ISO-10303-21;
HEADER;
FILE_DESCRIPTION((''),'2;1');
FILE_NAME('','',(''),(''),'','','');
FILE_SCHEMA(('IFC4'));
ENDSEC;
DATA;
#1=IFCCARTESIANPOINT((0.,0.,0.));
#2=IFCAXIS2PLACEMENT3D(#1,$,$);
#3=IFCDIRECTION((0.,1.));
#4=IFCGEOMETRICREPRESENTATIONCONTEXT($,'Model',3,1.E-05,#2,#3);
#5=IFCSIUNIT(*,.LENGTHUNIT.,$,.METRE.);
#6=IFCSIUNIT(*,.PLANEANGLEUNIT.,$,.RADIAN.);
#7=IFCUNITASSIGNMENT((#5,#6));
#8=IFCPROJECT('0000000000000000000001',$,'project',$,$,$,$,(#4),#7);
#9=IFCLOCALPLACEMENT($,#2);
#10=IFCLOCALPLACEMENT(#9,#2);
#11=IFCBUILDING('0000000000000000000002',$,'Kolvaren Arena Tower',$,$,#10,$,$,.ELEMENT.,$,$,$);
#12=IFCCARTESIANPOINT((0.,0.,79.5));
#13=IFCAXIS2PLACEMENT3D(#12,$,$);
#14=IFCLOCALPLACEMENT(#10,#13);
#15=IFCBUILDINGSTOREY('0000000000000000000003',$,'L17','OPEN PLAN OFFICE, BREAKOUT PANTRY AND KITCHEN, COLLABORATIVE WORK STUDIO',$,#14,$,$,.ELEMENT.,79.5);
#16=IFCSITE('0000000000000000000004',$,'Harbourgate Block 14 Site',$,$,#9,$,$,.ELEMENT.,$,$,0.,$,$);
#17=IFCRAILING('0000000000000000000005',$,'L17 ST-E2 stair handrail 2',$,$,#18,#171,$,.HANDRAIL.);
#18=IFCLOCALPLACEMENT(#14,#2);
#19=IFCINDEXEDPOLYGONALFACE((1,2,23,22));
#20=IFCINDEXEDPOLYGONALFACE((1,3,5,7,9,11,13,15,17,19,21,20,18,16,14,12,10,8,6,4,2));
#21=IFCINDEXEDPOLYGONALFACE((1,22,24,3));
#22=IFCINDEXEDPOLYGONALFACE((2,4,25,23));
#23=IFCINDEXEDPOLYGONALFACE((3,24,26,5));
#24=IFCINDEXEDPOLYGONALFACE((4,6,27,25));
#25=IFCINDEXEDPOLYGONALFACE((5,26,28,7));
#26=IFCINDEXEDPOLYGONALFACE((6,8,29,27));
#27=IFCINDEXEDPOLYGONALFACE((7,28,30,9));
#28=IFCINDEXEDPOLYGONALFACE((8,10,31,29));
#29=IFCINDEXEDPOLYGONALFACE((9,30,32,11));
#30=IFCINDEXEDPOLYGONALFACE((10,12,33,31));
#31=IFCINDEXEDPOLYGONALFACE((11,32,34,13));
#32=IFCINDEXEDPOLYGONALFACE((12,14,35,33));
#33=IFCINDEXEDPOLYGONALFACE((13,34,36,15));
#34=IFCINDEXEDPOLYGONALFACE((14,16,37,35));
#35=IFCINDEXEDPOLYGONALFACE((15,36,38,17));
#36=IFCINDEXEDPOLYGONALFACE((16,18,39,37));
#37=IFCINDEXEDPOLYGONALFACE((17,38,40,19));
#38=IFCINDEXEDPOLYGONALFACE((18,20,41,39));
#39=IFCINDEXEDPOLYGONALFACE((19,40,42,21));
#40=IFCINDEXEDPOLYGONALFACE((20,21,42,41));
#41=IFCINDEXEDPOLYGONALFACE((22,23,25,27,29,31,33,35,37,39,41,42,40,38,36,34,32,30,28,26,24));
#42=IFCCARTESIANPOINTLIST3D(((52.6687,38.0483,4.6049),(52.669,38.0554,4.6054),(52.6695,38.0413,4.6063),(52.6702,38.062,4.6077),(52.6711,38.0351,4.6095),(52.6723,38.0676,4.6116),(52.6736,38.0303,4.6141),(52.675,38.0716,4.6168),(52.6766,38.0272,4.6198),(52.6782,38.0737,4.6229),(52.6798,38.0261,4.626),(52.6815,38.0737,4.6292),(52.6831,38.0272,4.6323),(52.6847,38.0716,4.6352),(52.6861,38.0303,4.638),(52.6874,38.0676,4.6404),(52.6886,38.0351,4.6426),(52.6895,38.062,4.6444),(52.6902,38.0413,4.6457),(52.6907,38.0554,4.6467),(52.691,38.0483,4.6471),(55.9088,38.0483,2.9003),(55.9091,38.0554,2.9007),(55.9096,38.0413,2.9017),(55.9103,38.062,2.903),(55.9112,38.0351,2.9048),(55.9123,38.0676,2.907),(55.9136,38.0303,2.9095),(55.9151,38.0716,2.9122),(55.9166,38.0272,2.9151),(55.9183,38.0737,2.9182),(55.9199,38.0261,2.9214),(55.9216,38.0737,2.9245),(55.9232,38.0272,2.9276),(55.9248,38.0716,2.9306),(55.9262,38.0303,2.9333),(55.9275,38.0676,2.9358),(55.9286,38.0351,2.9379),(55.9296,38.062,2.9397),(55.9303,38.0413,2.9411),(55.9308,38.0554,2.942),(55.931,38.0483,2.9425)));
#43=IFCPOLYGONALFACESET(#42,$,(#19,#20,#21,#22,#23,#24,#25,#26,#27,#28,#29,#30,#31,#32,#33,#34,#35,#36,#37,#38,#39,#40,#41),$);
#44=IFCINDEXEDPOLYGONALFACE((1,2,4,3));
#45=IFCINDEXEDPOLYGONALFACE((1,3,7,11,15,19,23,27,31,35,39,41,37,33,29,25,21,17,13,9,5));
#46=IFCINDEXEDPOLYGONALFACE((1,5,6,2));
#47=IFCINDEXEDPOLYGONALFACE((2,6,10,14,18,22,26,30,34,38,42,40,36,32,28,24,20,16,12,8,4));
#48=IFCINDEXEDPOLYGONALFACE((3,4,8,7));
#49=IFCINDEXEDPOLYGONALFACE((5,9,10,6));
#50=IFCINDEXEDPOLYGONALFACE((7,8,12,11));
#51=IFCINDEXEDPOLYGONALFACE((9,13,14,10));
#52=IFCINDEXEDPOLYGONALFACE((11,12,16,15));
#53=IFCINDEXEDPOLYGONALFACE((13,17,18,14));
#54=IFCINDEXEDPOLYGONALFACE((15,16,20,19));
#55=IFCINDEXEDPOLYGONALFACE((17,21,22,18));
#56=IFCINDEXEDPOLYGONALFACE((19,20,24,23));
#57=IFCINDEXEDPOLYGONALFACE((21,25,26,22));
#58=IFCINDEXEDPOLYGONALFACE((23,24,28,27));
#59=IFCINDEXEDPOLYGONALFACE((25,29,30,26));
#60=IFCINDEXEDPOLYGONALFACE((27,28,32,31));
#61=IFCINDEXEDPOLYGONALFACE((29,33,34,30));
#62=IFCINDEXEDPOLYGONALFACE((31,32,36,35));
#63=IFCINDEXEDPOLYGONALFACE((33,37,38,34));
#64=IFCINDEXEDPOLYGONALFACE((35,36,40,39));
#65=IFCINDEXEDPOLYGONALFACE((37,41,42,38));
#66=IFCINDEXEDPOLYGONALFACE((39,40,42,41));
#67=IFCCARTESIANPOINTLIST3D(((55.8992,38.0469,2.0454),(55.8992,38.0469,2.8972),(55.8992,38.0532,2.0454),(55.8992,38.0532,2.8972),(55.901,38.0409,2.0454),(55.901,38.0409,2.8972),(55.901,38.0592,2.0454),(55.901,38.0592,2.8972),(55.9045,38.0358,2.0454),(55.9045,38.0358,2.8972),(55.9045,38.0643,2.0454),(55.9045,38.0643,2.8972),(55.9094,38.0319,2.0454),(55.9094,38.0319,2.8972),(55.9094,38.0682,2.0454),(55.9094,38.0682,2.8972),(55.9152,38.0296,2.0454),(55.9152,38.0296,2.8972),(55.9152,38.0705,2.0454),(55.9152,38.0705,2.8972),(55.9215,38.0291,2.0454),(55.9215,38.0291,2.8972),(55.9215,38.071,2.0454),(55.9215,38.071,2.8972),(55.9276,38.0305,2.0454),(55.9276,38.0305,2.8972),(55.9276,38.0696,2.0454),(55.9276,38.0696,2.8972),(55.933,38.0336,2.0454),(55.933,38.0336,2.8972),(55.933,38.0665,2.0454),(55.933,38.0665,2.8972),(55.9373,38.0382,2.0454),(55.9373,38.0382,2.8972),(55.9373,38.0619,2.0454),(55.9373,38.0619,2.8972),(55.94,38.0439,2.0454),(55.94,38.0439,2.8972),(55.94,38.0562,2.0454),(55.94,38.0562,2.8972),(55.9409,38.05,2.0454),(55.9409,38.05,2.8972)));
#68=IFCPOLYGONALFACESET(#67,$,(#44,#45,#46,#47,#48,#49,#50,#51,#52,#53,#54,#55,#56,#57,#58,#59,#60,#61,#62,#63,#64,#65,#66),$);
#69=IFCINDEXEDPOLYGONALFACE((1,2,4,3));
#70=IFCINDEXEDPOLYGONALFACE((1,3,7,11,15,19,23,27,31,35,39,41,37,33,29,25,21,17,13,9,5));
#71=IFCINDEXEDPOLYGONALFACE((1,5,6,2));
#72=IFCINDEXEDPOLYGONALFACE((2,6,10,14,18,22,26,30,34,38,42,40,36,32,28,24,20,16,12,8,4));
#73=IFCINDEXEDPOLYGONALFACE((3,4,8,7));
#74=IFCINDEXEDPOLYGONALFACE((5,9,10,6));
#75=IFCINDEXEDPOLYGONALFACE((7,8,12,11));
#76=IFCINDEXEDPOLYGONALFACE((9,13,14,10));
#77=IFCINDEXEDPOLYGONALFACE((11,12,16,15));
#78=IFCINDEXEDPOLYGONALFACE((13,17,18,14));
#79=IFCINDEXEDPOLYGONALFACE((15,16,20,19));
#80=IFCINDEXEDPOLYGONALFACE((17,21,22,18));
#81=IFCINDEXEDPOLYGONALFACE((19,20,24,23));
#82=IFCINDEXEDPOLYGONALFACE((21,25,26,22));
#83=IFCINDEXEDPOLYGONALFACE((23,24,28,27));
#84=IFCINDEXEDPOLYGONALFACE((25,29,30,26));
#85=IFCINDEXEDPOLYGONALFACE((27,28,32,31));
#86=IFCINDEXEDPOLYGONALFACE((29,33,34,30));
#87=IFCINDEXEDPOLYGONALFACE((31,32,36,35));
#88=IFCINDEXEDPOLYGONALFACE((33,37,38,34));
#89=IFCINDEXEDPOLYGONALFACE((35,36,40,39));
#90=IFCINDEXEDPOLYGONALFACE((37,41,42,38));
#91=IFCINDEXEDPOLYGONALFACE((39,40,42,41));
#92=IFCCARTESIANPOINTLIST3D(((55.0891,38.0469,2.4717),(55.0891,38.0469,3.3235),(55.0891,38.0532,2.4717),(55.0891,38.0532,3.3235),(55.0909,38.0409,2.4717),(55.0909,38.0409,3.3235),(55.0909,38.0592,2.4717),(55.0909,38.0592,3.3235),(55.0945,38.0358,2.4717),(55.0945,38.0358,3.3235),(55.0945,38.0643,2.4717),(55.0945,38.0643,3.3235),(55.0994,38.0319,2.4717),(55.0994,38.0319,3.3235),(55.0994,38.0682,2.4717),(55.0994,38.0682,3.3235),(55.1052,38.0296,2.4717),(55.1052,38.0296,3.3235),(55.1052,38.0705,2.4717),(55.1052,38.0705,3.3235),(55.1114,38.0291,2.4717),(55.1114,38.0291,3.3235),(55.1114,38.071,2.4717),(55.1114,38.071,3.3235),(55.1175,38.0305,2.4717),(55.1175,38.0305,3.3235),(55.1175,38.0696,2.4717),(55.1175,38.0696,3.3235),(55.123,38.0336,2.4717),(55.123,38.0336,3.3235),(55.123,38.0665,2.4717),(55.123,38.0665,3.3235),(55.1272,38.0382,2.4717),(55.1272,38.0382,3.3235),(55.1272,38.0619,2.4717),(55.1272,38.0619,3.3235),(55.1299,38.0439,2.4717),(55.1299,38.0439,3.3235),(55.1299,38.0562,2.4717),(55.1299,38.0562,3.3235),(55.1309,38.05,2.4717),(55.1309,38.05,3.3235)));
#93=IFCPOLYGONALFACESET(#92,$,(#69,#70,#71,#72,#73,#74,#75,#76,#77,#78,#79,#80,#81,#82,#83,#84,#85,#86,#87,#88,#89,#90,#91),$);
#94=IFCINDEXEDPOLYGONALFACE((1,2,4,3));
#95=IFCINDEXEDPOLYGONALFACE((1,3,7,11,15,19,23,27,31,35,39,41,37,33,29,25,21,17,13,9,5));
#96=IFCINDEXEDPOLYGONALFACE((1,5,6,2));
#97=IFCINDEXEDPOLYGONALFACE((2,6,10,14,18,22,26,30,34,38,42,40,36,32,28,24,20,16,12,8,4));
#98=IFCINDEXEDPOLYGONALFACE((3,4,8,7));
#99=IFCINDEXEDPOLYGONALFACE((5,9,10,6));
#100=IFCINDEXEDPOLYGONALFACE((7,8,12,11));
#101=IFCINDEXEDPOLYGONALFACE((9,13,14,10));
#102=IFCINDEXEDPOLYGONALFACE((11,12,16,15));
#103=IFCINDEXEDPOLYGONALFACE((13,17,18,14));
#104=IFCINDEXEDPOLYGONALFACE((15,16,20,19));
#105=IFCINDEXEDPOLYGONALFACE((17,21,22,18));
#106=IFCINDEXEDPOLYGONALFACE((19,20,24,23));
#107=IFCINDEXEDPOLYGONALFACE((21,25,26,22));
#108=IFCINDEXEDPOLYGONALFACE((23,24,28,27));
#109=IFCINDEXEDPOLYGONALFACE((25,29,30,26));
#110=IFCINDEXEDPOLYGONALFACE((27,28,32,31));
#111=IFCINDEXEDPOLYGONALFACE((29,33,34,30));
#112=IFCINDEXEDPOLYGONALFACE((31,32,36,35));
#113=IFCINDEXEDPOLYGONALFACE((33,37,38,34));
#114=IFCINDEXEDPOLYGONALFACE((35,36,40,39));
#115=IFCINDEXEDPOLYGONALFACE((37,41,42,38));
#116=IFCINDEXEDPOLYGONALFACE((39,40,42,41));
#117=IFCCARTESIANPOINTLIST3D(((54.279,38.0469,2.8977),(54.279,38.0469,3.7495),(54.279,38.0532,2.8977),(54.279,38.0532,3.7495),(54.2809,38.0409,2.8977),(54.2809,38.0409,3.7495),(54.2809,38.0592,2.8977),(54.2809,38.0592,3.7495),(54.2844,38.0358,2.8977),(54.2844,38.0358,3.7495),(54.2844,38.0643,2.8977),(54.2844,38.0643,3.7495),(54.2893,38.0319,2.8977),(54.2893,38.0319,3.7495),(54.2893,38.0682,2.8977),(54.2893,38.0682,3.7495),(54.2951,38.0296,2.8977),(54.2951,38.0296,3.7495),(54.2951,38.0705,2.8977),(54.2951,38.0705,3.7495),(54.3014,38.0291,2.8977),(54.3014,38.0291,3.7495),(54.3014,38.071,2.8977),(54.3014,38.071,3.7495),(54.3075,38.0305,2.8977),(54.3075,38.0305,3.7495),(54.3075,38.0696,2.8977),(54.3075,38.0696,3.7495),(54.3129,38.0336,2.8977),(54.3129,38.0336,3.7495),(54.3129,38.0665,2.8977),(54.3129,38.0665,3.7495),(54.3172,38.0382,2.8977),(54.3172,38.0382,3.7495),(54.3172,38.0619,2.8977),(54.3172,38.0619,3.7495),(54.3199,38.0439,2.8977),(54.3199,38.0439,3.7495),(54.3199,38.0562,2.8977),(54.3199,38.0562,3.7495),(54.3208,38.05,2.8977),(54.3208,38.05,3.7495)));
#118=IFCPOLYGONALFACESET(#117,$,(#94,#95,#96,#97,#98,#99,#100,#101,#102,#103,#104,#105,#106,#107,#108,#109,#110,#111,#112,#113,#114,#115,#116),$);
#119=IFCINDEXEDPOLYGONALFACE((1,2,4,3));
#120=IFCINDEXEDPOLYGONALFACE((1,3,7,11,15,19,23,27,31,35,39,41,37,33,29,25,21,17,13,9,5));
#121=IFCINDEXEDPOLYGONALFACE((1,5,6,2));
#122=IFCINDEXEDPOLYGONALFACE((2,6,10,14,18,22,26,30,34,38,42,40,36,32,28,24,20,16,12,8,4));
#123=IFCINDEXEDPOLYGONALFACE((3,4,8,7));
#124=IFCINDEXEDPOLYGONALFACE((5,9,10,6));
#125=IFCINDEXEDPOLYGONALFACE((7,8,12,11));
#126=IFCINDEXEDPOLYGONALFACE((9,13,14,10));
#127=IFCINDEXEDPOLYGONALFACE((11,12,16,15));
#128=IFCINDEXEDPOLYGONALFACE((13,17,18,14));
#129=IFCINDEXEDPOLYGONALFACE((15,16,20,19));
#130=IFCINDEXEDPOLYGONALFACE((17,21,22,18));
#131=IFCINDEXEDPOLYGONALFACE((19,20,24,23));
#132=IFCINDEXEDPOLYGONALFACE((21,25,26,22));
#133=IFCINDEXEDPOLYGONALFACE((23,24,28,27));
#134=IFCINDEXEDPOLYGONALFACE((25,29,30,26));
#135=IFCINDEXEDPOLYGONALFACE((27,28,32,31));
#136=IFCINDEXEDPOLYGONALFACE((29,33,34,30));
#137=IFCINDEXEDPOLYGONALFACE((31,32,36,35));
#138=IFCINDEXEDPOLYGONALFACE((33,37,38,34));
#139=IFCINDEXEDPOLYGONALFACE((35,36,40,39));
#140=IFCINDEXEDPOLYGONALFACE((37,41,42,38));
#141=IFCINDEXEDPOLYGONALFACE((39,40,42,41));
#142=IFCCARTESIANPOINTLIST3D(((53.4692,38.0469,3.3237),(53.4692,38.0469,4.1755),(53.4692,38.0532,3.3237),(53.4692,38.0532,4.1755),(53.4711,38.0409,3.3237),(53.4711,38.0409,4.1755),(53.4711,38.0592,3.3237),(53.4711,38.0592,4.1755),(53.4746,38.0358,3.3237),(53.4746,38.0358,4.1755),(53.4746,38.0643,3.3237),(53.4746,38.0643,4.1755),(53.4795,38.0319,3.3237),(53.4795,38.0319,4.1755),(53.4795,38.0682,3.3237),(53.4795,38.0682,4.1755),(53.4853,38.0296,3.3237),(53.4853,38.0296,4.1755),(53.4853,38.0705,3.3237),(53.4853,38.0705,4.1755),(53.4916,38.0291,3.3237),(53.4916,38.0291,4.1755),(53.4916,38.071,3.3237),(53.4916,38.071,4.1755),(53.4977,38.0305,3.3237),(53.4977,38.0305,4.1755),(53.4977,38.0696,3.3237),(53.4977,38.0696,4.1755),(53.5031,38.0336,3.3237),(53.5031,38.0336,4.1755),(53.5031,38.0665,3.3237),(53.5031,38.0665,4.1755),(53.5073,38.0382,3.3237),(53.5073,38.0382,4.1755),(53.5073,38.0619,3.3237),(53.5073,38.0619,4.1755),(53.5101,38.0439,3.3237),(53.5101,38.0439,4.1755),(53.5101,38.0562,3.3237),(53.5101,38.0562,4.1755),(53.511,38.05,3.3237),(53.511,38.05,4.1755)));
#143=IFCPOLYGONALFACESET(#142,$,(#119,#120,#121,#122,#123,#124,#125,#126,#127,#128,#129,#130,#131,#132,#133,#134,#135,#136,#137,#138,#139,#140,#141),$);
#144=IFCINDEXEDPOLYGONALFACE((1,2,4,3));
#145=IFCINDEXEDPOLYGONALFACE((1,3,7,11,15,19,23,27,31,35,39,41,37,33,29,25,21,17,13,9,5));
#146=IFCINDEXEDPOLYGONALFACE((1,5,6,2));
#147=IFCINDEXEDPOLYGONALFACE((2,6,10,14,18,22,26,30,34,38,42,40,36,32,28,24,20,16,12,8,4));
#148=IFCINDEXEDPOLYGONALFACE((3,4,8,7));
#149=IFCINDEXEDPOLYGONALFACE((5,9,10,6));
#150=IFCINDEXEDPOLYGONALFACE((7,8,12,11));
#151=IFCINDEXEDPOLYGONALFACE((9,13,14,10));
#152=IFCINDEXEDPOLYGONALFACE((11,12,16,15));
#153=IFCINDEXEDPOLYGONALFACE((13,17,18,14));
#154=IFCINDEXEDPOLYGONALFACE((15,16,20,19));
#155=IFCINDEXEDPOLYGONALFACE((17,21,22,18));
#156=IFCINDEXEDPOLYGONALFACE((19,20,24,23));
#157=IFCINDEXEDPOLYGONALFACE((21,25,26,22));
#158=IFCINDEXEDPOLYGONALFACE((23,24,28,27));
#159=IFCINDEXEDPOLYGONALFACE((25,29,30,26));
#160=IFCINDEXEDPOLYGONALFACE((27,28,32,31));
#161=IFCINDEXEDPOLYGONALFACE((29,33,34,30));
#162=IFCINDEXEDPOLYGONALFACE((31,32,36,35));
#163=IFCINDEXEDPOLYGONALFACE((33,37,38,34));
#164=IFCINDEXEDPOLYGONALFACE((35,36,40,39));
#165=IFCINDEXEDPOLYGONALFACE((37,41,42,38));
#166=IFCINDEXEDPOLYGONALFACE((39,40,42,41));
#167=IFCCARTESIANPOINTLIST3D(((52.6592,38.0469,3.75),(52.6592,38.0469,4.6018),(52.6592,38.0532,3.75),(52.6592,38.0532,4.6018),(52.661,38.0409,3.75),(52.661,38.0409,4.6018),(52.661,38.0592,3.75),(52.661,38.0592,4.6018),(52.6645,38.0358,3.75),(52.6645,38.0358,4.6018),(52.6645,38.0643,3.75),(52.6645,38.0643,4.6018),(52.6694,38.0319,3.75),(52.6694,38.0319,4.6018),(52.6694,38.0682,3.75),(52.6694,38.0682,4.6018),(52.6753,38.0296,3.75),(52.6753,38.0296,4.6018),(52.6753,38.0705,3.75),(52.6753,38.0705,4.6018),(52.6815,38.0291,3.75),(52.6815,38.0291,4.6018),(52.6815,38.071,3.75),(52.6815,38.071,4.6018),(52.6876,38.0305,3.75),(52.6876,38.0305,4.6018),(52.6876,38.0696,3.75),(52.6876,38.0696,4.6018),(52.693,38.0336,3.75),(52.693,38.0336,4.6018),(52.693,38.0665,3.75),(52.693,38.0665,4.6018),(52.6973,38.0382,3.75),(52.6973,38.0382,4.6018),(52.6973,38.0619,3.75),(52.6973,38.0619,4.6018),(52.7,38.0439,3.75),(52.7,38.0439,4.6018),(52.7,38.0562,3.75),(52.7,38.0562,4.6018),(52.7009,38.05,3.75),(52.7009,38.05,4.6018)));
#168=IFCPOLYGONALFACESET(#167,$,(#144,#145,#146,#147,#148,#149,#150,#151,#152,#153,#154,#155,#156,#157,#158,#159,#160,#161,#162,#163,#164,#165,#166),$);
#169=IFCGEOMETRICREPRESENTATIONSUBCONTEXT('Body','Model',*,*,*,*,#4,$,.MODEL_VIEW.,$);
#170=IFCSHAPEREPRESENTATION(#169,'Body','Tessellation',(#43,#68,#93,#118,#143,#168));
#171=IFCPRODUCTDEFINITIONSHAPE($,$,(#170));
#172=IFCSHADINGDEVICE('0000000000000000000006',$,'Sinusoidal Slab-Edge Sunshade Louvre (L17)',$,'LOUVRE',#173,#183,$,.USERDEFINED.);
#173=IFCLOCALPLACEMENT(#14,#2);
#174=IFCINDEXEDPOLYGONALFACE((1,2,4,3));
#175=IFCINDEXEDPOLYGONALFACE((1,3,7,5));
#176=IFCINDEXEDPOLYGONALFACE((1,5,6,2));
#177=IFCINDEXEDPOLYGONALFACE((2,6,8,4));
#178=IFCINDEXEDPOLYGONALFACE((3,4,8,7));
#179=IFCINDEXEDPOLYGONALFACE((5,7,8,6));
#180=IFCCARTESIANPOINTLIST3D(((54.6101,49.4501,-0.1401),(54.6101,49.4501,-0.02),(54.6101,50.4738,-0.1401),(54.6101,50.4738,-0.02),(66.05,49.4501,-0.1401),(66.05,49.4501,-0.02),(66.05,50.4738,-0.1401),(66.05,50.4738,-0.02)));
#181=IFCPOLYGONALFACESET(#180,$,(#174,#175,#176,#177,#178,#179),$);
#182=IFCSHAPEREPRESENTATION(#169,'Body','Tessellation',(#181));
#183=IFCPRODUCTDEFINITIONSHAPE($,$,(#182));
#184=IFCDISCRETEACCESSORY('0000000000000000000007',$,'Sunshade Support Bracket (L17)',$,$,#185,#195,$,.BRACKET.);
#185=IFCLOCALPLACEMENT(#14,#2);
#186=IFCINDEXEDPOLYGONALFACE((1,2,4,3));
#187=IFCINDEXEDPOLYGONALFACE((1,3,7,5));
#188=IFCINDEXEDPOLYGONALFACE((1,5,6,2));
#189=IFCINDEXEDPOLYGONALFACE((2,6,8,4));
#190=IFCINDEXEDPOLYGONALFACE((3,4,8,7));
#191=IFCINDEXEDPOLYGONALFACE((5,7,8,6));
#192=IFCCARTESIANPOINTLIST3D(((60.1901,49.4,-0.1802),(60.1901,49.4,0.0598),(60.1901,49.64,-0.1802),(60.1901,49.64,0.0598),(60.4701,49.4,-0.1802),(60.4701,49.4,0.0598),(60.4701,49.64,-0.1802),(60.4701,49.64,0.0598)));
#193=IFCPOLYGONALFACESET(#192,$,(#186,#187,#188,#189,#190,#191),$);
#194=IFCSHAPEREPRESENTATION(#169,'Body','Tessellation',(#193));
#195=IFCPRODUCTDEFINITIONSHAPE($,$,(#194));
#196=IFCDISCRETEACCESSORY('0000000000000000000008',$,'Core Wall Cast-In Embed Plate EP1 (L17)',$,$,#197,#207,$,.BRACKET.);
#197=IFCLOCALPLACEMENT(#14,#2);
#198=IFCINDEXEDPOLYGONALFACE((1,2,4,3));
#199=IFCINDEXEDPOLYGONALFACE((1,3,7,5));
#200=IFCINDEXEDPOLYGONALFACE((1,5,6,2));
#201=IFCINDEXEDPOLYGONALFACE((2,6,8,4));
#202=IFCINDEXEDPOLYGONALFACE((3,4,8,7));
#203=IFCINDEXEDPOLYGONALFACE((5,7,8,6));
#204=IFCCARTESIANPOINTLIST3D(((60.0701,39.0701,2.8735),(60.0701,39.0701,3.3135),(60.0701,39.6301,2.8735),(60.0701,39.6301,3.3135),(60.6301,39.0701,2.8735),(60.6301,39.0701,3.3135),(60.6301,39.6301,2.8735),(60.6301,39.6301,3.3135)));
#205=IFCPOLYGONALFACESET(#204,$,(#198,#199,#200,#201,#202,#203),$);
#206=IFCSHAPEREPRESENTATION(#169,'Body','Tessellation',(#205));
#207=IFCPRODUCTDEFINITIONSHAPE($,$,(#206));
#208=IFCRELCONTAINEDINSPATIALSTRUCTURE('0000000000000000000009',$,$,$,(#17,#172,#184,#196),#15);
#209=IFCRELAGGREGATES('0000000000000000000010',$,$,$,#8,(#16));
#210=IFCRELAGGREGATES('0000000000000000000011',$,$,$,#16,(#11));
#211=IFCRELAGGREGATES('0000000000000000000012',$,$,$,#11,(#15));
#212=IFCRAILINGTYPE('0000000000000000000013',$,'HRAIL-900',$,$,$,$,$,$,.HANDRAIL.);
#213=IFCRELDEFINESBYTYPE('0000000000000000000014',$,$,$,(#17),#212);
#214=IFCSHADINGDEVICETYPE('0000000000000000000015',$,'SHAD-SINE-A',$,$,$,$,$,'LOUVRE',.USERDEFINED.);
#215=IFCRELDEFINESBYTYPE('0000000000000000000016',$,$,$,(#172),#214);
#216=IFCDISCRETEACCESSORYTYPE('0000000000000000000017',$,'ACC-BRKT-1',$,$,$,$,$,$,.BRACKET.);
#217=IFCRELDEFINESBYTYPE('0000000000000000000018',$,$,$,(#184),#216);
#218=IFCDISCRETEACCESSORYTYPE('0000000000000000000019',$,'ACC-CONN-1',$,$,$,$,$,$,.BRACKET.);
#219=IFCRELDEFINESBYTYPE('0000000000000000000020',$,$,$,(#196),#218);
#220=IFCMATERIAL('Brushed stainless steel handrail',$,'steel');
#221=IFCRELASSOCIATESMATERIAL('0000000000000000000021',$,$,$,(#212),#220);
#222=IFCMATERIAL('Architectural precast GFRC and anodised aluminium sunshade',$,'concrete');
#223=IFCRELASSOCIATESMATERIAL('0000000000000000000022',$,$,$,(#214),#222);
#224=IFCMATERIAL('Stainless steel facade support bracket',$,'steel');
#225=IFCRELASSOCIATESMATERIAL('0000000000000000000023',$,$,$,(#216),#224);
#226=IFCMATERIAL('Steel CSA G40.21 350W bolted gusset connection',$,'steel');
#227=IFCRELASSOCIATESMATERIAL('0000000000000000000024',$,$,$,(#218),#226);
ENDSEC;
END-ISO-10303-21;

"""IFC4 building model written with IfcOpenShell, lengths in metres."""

from ifc_helpers import new_model, si_unit, direction, frame, origin, origin_2d, place, context, subcontext, project, spatial, rectangle, circle, extrude, material, type_object, element, save


model = new_model("IFC4")

# Units and contexts
model_context = context("Model", 3, precision=1e-05, world=origin(), true_north=direction((0.0, 1.0)))
body_context = subcontext(model_context, "Body", "Model", "MODEL_VIEW")
ifc_project = project(units=[si_unit("LENGTHUNIT", "METRE"), si_unit("PLANEANGLEUNIT", "RADIAN")], contexts=[model_context])

# Site, building, storey
site_placement = place(None, origin())
site = spatial("IfcSite", under=ifc_project, at=site_placement, Name="Harbourgate Block 14 Site", CompositionType="ELEMENT", RefElevation=0.0)
building_placement = place(site_placement, origin())
building = spatial("IfcBuilding", under=site, at=building_placement, Name="Kolvaren Arena Tower", CompositionType="ELEMENT")
storey_placement = place(building_placement, frame((0.0, 0.0, 79.5)))
storey = spatial("IfcBuildingStorey", under=building, at=storey_placement, Name="L17", Description="OPEN PLAN OFFICE, BREAKOUT PANTRY AND KITCHEN, COLLABORATIVE WORK STUDIO", CompositionType="ELEMENT", Elevation=79.5)

# Railing
ifc_material_1 = material(Name="Brushed stainless steel handrail", Category="steel")
railing_type = type_object("IfcRailingType", Name="HRAIL-900", PredefinedType="HANDRAIL", material=ifc_material_1)
railing_placement = place(storey_placement, frame((55.9199, 38.05, 2.0454)))
element("IfcRailing", 1, at=railing_placement, inside=storey, type_object=railing_type, Name="L17 ST-E2 stair handrail 2", PredefinedType="HANDRAIL", context=body_context, shape_type="SweptSolid", body=[
    extrude(circle(Radius=0.0239, at=origin_2d()), frame((0.0, 0.0, 0.876), z_axis=(-0.884993, 0.0, 0.465604), x_axis=(0.0, -1.0, 0.0)), (0.0, 0.0, 1.0), 3.6611),
    extrude(circle(Radius=0.021, at=origin_2d()), origin(), (0.0, 0.0, 1.0), 0.8518),
    extrude(circle(Radius=0.021, at=origin_2d()), frame((-0.8101, 0.0, 0.4263)), (0.0, 0.0, 1.0), 0.8518),
    extrude(circle(Radius=0.021, at=origin_2d()), frame((-1.6201, 0.0, 0.8523)), (0.0, 0.0, 1.0), 0.8518),
    extrude(circle(Radius=0.021, at=origin_2d()), frame((-2.4299, 0.0, 1.2783)), (0.0, 0.0, 1.0), 0.8518),
    extrude(circle(Radius=0.021, at=origin_2d()), frame((-3.24, 0.0, 1.7046)), (0.0, 0.0, 1.0), 0.8518),
])

# Shading device
ifc_material_2 = material(Name="Architectural precast GFRC and anodised aluminium sunshade", Category="concrete")
shading_device_type = type_object("IfcShadingDeviceType", Name="SHAD-SINE-A", ElementType="LOUVRE", PredefinedType="USERDEFINED", material=ifc_material_2)
shading_device_placement = place(storey_placement, frame((60.3301, 49.9619, -0.1401), z_axis=(0.0, 0.0, 1.0), x_axis=(1.0, 0.0, 0.0)))
element("IfcShadingDevice", 2, at=shading_device_placement, inside=storey, type_object=shading_device_type, Name="Sinusoidal Slab-Edge Sunshade Louvre (L17)", ObjectType="LOUVRE", PredefinedType="USERDEFINED", context=body_context, shape_type="SweptSolid", body=[
    extrude(rectangle(XDim=11.4399, YDim=1.0237, at=origin_2d()), origin(), (0.0, 0.0, 1.0), 0.1201),
])

# Discrete accessories
ifc_material_3 = material(Name="Stainless steel facade support bracket", Category="steel")
discrete_accessory_type_1 = type_object("IfcDiscreteAccessoryType", Name="ACC-BRKT-1", PredefinedType="BRACKET", material=ifc_material_3)
discrete_accessory_1_placement = place(storey_placement, frame((60.3301, 49.52, -0.1802), z_axis=(0.0, 0.0, 1.0), x_axis=(1.0, 0.0, 0.0)))
element("IfcDiscreteAccessory", 3, at=discrete_accessory_1_placement, inside=storey, type_object=discrete_accessory_type_1, Name="Sunshade Support Bracket (L17)", PredefinedType="BRACKET", context=body_context, shape_type="SweptSolid", body=[
    extrude(rectangle(XDim=0.28, YDim=0.24, at=origin_2d()), origin(), (0.0, 0.0, 1.0), 0.24),
])
ifc_material_4 = material(Name="Steel CSA G40.21 350W bolted gusset connection", Category="steel")
discrete_accessory_type_2 = type_object("IfcDiscreteAccessoryType", Name="ACC-CONN-1", PredefinedType="BRACKET", material=ifc_material_4)
discrete_accessory_2_placement = place(storey_placement, frame((60.3501, 39.3501, 2.8735), z_axis=(0.0, 0.0, 1.0), x_axis=(1.0, 0.0, 0.0)))
element("IfcDiscreteAccessory", 4, at=discrete_accessory_2_placement, inside=storey, type_object=discrete_accessory_type_2, Name="Core Wall Cast-In Embed Plate EP1 (L17)", PredefinedType="BRACKET", context=body_context, shape_type="SweptSolid", body=[
    extrude(rectangle(XDim=0.5601, YDim=0.5601, at=origin_2d()), origin(), (0.0, 0.0, 1.0), 0.4399),
])

save(model, "model.ifc")
